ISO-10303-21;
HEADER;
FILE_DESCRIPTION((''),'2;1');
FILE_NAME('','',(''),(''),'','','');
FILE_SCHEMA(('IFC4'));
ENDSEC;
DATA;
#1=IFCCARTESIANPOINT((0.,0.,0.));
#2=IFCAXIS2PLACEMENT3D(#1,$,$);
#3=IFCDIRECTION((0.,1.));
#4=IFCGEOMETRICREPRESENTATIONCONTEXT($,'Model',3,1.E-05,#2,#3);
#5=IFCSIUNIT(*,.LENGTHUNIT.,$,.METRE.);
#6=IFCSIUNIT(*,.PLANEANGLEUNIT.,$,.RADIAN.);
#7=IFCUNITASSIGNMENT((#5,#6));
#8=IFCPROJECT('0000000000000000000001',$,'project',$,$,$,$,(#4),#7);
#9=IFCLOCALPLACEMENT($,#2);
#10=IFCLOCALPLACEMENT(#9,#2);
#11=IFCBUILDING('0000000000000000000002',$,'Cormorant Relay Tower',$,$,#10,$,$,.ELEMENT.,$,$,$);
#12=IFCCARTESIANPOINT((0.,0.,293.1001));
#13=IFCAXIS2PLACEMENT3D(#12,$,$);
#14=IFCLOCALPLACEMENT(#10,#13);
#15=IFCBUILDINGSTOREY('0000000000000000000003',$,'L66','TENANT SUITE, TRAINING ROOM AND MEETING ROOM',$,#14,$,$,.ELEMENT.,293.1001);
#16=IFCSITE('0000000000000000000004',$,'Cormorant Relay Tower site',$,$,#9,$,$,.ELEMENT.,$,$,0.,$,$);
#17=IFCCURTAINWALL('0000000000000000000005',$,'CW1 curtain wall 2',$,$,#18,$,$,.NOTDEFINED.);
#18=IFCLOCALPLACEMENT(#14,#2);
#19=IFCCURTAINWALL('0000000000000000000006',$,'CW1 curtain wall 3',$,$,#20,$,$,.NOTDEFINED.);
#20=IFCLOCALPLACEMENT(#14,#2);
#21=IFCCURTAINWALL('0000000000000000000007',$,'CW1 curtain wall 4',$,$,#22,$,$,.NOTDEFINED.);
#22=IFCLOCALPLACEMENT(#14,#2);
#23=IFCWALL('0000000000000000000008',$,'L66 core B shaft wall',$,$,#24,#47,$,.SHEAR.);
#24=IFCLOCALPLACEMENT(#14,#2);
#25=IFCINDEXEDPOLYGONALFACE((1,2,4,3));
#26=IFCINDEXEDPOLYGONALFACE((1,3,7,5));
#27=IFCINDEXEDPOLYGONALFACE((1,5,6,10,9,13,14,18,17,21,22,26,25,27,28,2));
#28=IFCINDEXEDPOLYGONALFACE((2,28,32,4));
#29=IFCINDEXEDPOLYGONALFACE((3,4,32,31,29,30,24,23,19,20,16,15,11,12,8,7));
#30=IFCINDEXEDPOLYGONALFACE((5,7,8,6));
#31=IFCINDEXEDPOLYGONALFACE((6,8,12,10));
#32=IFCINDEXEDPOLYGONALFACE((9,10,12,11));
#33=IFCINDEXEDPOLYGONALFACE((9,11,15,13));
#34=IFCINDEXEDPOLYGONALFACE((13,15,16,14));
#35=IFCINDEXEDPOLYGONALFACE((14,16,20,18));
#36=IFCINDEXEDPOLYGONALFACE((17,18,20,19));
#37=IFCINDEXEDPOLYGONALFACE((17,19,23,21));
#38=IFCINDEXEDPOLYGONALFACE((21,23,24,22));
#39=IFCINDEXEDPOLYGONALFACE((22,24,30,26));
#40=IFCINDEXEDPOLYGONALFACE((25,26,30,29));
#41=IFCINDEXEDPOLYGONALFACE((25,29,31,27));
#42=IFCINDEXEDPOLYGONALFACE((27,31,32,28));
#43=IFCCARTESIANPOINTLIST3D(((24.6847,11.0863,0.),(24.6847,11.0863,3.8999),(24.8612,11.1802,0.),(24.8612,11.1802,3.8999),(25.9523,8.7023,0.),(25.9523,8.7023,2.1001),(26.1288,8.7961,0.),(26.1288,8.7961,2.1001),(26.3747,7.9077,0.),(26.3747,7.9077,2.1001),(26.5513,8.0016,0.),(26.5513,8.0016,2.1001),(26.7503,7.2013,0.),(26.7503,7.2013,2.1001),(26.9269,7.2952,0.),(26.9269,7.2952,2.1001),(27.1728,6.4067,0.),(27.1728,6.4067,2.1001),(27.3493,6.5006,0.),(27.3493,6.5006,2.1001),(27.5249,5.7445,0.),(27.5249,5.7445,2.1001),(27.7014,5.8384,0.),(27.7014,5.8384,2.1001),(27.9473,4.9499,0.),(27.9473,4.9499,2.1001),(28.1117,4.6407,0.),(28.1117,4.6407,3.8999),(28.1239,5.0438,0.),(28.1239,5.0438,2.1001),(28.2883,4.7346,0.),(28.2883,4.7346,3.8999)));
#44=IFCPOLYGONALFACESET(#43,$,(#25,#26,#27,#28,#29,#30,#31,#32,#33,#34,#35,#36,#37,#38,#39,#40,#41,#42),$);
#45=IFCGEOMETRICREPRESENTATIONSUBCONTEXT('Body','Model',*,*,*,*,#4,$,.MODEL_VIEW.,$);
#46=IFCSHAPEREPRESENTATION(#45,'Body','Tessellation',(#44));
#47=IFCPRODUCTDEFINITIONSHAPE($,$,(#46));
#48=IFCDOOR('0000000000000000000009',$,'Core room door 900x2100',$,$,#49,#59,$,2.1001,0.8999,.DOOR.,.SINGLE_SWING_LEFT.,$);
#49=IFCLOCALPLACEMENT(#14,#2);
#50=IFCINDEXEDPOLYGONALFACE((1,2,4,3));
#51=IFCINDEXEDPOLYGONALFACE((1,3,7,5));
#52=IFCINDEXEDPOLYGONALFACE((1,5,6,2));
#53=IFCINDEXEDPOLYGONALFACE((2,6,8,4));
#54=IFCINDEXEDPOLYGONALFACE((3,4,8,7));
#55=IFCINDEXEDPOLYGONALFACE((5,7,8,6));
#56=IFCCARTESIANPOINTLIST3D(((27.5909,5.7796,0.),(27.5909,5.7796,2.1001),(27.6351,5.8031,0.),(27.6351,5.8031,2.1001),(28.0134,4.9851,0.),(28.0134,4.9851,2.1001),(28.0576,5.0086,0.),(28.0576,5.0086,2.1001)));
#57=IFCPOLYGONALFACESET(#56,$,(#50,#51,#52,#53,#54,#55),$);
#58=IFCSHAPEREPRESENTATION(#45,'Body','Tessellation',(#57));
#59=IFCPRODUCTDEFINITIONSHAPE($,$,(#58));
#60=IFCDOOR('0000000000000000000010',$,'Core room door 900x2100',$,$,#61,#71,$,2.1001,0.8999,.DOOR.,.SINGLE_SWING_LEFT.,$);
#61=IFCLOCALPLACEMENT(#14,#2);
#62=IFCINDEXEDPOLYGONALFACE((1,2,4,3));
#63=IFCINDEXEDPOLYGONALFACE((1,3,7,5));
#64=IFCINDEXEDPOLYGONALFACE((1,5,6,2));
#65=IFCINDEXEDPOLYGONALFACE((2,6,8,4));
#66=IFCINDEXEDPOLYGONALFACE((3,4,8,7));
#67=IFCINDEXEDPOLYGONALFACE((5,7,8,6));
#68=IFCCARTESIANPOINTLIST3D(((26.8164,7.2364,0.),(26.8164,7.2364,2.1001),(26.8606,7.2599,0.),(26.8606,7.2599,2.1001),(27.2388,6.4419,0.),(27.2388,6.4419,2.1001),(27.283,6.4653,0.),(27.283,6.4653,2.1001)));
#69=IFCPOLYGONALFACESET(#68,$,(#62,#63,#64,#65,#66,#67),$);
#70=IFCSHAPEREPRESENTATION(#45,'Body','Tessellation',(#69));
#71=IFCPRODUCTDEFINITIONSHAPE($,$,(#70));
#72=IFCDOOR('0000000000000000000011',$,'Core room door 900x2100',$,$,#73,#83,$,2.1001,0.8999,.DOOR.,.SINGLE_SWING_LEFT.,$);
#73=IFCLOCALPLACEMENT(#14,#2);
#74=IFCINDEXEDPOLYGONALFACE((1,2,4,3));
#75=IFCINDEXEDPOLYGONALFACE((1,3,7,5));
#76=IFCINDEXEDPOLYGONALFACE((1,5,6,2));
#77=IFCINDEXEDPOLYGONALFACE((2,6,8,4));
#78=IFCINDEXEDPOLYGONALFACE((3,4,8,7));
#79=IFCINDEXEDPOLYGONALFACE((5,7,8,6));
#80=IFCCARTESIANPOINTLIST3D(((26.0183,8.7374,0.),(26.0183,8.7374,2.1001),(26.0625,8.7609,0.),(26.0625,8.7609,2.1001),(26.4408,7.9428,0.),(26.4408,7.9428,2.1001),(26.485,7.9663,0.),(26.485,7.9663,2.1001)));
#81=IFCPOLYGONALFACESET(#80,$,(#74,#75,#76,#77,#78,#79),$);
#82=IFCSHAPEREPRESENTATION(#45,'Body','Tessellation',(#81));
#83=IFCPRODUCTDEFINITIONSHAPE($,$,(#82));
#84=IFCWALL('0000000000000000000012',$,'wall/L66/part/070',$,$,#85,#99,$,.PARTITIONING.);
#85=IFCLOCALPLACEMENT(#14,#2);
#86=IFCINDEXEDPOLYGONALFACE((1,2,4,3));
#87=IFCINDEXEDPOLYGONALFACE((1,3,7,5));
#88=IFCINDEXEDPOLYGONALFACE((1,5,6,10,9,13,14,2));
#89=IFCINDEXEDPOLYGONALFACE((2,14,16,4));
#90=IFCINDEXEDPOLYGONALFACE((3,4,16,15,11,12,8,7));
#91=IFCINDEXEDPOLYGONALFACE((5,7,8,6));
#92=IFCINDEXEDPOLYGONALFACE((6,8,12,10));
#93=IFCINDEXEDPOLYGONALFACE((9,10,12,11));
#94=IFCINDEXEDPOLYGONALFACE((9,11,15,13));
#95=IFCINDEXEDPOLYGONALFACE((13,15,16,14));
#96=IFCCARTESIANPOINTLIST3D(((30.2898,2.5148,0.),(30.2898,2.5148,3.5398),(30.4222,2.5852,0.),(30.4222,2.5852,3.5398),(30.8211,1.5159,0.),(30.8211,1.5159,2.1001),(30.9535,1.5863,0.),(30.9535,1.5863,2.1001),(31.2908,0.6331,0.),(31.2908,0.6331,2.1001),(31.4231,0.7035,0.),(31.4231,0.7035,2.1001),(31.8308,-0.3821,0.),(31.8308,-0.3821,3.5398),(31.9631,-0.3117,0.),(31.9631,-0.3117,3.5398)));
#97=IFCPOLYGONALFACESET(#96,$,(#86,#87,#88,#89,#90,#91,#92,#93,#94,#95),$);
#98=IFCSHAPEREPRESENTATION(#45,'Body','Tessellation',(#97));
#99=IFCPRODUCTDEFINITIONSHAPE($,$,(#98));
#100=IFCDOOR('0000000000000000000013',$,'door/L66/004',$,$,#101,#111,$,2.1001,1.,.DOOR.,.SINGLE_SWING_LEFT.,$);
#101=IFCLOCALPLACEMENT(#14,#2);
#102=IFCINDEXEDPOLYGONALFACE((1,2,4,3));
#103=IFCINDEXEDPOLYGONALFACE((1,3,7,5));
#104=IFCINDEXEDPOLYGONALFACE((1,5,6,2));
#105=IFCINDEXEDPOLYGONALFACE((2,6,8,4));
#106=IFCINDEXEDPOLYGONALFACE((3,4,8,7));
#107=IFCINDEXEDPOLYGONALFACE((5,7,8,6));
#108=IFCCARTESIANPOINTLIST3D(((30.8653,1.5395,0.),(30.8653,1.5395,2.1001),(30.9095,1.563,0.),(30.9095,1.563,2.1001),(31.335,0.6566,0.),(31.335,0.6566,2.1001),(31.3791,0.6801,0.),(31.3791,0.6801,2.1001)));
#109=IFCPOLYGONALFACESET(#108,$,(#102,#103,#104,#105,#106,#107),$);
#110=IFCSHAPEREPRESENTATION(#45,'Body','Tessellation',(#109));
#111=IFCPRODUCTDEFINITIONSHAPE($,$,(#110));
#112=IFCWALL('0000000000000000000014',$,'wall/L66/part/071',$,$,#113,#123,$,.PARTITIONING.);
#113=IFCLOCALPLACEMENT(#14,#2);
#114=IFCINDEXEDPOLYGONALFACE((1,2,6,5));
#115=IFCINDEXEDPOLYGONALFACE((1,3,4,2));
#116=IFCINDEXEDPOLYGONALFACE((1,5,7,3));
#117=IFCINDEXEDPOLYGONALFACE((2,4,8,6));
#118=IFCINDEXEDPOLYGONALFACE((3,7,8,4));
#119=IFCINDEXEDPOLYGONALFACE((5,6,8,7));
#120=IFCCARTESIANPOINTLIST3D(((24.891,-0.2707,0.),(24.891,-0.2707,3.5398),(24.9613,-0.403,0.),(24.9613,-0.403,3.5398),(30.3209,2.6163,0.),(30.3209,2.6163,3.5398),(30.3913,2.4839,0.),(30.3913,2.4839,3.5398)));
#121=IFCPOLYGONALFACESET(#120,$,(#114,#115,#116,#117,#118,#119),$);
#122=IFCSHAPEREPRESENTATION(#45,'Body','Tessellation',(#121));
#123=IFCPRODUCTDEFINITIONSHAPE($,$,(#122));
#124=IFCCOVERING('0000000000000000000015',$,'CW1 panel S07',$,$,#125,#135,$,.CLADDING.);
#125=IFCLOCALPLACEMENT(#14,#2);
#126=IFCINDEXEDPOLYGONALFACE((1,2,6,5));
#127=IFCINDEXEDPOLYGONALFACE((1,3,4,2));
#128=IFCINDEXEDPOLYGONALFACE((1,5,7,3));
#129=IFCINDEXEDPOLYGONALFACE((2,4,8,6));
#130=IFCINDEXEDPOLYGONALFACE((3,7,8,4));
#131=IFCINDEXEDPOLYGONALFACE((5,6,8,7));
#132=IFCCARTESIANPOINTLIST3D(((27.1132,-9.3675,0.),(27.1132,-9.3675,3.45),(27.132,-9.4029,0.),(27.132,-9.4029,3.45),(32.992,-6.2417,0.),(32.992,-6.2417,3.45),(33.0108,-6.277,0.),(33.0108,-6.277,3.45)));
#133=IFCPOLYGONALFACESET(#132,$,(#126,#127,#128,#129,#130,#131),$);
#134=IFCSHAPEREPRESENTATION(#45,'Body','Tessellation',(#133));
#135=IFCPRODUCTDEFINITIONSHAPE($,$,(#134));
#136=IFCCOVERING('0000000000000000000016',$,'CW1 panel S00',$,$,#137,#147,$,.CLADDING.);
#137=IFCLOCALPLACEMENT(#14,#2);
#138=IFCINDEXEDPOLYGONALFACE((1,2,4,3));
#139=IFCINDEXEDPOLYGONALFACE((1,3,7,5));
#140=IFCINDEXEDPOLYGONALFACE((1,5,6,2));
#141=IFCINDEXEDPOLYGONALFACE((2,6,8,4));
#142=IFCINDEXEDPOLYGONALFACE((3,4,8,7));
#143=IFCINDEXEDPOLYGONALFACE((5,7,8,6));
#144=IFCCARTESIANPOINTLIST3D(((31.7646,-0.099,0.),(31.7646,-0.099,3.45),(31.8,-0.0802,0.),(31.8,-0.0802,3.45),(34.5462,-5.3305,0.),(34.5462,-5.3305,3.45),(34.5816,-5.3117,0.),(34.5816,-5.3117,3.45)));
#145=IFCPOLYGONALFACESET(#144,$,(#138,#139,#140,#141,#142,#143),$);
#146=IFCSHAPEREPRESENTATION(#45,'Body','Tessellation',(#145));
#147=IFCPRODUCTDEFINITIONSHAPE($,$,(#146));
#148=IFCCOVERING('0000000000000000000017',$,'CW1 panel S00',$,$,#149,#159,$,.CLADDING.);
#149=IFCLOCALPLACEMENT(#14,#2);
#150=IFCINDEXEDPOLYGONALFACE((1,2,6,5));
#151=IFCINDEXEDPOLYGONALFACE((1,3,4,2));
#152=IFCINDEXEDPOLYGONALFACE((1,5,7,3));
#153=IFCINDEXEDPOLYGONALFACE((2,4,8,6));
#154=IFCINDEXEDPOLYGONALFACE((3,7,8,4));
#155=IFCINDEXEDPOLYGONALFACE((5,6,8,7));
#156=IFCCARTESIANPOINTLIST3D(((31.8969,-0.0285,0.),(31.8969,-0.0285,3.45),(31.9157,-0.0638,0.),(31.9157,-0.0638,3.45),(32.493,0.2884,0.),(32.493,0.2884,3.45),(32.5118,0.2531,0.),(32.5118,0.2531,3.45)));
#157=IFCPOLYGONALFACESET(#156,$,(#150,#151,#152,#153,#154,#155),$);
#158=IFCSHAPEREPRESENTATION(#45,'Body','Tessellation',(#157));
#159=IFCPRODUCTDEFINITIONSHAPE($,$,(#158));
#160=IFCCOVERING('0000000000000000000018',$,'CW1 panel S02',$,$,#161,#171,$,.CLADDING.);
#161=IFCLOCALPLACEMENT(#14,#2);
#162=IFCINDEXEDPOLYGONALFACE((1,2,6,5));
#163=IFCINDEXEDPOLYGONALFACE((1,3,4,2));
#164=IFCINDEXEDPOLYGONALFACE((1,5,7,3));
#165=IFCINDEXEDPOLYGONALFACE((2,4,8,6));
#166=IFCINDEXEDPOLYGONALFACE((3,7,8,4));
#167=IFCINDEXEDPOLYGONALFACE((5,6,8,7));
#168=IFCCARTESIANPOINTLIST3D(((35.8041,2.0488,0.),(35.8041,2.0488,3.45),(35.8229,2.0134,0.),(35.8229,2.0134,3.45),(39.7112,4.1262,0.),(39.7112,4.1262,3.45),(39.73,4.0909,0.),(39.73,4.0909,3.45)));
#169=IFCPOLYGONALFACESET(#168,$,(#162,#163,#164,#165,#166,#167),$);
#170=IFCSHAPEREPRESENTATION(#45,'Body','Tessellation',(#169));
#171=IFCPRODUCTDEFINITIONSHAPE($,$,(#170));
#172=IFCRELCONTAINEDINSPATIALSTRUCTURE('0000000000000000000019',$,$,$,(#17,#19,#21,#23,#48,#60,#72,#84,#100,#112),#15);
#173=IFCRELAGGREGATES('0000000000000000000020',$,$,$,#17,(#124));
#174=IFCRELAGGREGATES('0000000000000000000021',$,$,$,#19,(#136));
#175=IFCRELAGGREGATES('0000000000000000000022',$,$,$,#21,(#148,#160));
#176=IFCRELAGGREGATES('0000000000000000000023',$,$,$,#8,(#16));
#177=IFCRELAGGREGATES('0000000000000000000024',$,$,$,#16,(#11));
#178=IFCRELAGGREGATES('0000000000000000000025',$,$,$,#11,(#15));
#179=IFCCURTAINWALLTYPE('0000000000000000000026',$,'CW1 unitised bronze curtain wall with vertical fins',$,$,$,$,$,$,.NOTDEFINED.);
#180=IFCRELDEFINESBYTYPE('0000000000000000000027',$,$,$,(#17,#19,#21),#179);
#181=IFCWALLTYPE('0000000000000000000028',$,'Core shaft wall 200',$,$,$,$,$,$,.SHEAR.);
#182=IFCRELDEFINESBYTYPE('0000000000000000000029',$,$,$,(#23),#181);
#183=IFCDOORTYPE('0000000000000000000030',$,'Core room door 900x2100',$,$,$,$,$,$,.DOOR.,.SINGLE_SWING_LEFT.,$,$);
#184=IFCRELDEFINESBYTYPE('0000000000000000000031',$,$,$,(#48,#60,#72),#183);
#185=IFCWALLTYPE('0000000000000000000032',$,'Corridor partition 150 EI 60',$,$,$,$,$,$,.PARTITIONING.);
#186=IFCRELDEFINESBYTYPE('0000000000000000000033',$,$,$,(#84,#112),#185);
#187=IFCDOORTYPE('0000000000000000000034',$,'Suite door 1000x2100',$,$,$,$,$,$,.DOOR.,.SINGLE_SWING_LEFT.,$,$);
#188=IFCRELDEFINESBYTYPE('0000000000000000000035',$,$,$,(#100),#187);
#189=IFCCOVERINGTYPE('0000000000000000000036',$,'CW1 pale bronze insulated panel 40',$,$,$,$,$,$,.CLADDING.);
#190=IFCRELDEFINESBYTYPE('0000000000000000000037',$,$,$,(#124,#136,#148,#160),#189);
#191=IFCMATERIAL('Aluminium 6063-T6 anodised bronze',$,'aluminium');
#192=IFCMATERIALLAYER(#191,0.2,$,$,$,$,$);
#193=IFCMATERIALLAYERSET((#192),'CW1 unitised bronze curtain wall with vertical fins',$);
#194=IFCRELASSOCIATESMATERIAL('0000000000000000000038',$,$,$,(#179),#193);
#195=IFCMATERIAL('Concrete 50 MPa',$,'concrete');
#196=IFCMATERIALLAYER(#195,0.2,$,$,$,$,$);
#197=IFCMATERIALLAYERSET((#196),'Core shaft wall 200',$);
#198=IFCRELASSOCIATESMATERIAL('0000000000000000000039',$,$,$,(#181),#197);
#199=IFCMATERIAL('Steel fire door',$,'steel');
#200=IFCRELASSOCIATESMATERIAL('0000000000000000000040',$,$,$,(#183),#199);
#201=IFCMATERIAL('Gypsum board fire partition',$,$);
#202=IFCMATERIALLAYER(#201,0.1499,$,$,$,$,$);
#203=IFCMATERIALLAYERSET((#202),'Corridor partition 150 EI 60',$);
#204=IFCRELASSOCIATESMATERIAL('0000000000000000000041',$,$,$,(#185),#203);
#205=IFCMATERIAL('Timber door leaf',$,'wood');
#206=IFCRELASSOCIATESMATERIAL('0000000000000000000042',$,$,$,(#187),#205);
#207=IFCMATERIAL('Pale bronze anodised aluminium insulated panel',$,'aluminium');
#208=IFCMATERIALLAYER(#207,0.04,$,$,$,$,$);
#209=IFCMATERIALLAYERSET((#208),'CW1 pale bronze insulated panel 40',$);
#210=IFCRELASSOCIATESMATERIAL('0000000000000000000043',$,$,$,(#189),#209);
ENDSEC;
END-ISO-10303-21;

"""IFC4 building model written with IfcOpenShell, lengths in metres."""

from ifc_helpers import new_model, si_unit, direction, frame, frame_2d, origin, origin_2d, place, context, subcontext, project, spatial, rectangle, extrude, material, layer, layer_set, type_object, element, fill, aggregate, save


model = new_model("IFC4")

# Units and contexts
model_context = context("Model", 3, precision=1e-05, world=origin(), true_north=direction((0.0, 1.0)))
body_context = subcontext(model_context, "Body", "Model", "MODEL_VIEW")
ifc_project = project(units=[si_unit("LENGTHUNIT", "METRE"), si_unit("PLANEANGLEUNIT", "RADIAN")], contexts=[model_context])

# Site, building, storey
site_placement = place(None, origin())
site = spatial("IfcSite", under=ifc_project, at=site_placement, Name="Cormorant Relay Tower site", CompositionType="ELEMENT", RefElevation=0.0)
building_placement = place(site_placement, origin())
building = spatial("IfcBuilding", under=site, at=building_placement, Name="Cormorant Relay Tower", CompositionType="ELEMENT")
storey_placement = place(building_placement, frame((0.0, 0.0, 293.1001)))
storey = spatial("IfcBuildingStorey", under=building, at=storey_placement, Name="L66", Description="TENANT SUITE, TRAINING ROOM AND MEETING ROOM", CompositionType="ELEMENT", Elevation=293.1001)

# Curtain walls
ifc_material_1 = material(Name="Aluminium 6063-T6 anodised bronze", Category="aluminium")
ifc_layer_1 = layer(ifc_material_1, 0.2)
ifc_layer_set_1 = layer_set([ifc_layer_1], Name="CW1 unitised bronze curtain wall with vertical fins")
curtain_wall_type = type_object("IfcCurtainWallType", Name="CW1 unitised bronze curtain wall with vertical fins", PredefinedType="NOTDEFINED", material=ifc_layer_set_1)
curtain_wall_1_placement = place(storey_placement, origin())
curtain_wall_1 = element("IfcCurtainWall", 1, at=curtain_wall_1_placement, inside=storey, type_object=curtain_wall_type, Name="CW1 curtain wall 2", PredefinedType="NOTDEFINED")
curtain_wall_2_placement = place(storey_placement, origin())
curtain_wall_2 = element("IfcCurtainWall", 2, at=curtain_wall_2_placement, inside=storey, type_object=curtain_wall_type, Name="CW1 curtain wall 3", PredefinedType="NOTDEFINED")

# Curtain wall
curtain_wall_3_placement = place(storey_placement, origin())
curtain_wall_3 = element("IfcCurtainWall", 3, at=curtain_wall_3_placement, inside=storey, type_object=curtain_wall_type, Name="CW1 curtain wall 4", PredefinedType="NOTDEFINED")

# Shared definitions
ifc_material_2 = material(Name="Concrete 50 MPa", Category="concrete")
ifc_layer_2 = layer(ifc_material_2, 0.2)
ifc_layer_set_2 = layer_set([ifc_layer_2], Name="Core shaft wall 200")
wall_type_1 = type_object("IfcWallType", Name="Core shaft wall 200", PredefinedType="SHEAR", material=ifc_layer_set_2)

# Wall, openings, doors
wall_1_placement = place(storey_placement, frame((28.2, 4.6877, 0.0), z_axis=(0.0, 0.0, 1.0), x_axis=(-0.469454, 0.882957, 0.0)))
wall_1 = element("IfcWall", 4, at=wall_1_placement, inside=storey, type_object=wall_type_1, Name="L66 core B shaft wall", PredefinedType="SHEAR", context=body_context, shape_type="SweptSolid", body=[
    extrude(rectangle(XDim=7.3, YDim=0.2, at=frame_2d((3.6499, 0.0))), origin(), (0.0, 0.0, 1.0), 3.8999),
])
opening_1_placement = place(wall_1_placement, frame((0.3501, 0.0, 0.0)))
opening_1 = element("IfcOpeningElement", 5, at=opening_1_placement, cuts=wall_1, PredefinedType="OPENING", context=body_context, shape_type="SweptSolid", body=[
    extrude(rectangle(XDim=0.8999, YDim=2.1001, at=frame_2d((0.45, 1.05))), frame((0.0, 0.1099, 0.0), z_axis=(0.0, -1.0, 0.0), x_axis=(1.0, 0.0, 0.0)), (0.0, 0.0, 1.0), 0.22),
])
opening_2_placement = place(wall_1_placement, frame((2.0, 0.0, 0.0)))
opening_2 = element("IfcOpeningElement", 6, at=opening_2_placement, cuts=wall_1, PredefinedType="OPENING", context=body_context, shape_type="SweptSolid", body=[
    extrude(rectangle(XDim=0.8999, YDim=2.1001, at=frame_2d((0.45, 1.05))), frame((0.0, 0.1099, 0.0), z_axis=(0.0, -1.0, 0.0), x_axis=(1.0, 0.0, 0.0)), (0.0, 0.0, 1.0), 0.22),
])
opening_3_placement = place(wall_1_placement, frame((3.7, 0.0, 0.0)))
opening_3 = element("IfcOpeningElement", 7, at=opening_3_placement, cuts=wall_1, PredefinedType="OPENING", context=body_context, shape_type="SweptSolid", body=[
    extrude(rectangle(XDim=0.8999, YDim=2.1001, at=frame_2d((0.45, 1.05))), frame((0.0, 0.1099, 0.0), z_axis=(0.0, -1.0, 0.0), x_axis=(1.0, 0.0, 0.0)), (0.0, 0.0, 1.0), 0.22),
])
ifc_material_3 = material(Name="Steel fire door", Category="steel")
door_type_1 = type_object("IfcDoorType", Name="Core room door 900x2100", OperationType="SINGLE_SWING_LEFT", PredefinedType="DOOR", material=ifc_material_3)
door_1_placement = place(opening_1_placement, frame((0.8999, 0.0, 0.0), z_axis=(0.0, 0.0, 1.0), x_axis=(-1.0, 0.0, 0.0)))
door_1 = element("IfcDoor", 8, at=door_1_placement, inside=storey, type_object=door_type_1, Name="Core room door 900x2100", OperationType="SINGLE_SWING_LEFT", OverallHeight=2.1001, OverallWidth=0.8999, PredefinedType="DOOR", context=body_context, shape_type="SweptSolid", body=[
    extrude(rectangle(XDim=0.8999, YDim=2.1001, at=frame_2d((0.45, 1.05))), frame((0.0, 0.0249, 0.0), z_axis=(0.0, -1.0, 0.0), x_axis=(1.0, 0.0, 0.0)), (0.0, 0.0, 1.0), 0.05),
])
fill(opening_1, door_1)
door_2_placement = place(opening_2_placement, frame((0.8999, 0.0, 0.0), z_axis=(0.0, 0.0, 1.0), x_axis=(-1.0, 0.0, 0.0)))
door_2 = element("IfcDoor", 9, at=door_2_placement, inside=storey, type_object=door_type_1, Name="Core room door 900x2100", OperationType="SINGLE_SWING_LEFT", OverallHeight=2.1001, OverallWidth=0.8999, PredefinedType="DOOR", context=body_context, shape_type="SweptSolid", body=[
    extrude(rectangle(XDim=0.8999, YDim=2.1001, at=frame_2d((0.45, 1.05))), frame((0.0, 0.0249, 0.0), z_axis=(0.0, -1.0, 0.0), x_axis=(1.0, 0.0, 0.0)), (0.0, 0.0, 1.0), 0.05),
])
fill(opening_2, door_2)
door_3_placement = place(opening_3_placement, frame((0.8999, 0.0, 0.0), z_axis=(0.0, 0.0, 1.0), x_axis=(-1.0, 0.0, 0.0)))
door_3 = element("IfcDoor", 10, at=door_3_placement, inside=storey, type_object=door_type_1, Name="Core room door 900x2100", OperationType="SINGLE_SWING_LEFT", OverallHeight=2.1001, OverallWidth=0.8999, PredefinedType="DOOR", context=body_context, shape_type="SweptSolid", body=[
    extrude(rectangle(XDim=0.8999, YDim=2.1001, at=frame_2d((0.45, 1.05))), frame((0.0, 0.0249, 0.0), z_axis=(0.0, -1.0, 0.0), x_axis=(1.0, 0.0, 0.0)), (0.0, 0.0, 1.0), 0.05),
])
fill(opening_3, door_3)

# Wall, opening, door
ifc_material_4 = material(Name="Gypsum board fire partition")
ifc_layer_3 = layer(ifc_material_4, 0.1499)
ifc_layer_set_3 = layer_set([ifc_layer_3], Name="Corridor partition 150 EI 60")
wall_type_2 = type_object("IfcWallType", Name="Corridor partition 150 EI 60", PredefinedType="PARTITIONING", material=ifc_layer_set_3)
wall_2_placement = place(storey_placement, frame((31.897, -0.3469, 0.0), z_axis=(0.0, 0.0, 1.0), x_axis=(-0.46963, 0.882863, 0.0)))
wall_2 = element("IfcWall", 11, at=wall_2_placement, inside=storey, type_object=wall_type_2, Name="wall/L66/part/070", PredefinedType="PARTITIONING", context=body_context, shape_type="SweptSolid", body=[
    extrude(rectangle(XDim=3.2812, YDim=0.1499, at=frame_2d((1.6406, 0.0))), origin(), (0.0, 0.0, 1.0), 3.5398),
])
opening_4_placement = place(wall_2_placement, frame((1.1499, 0.0, 0.0)))
opening_4 = element("IfcOpeningElement", 12, at=opening_4_placement, cuts=wall_2, PredefinedType="OPENING", context=body_context, shape_type="SweptSolid", body=[
    extrude(rectangle(XDim=1.0, YDim=2.1001, at=frame_2d((0.5, 1.05))), frame((0.0, 0.085, 0.0), z_axis=(0.0, -1.0, 0.0), x_axis=(1.0, 0.0, 0.0)), (0.0, 0.0, 1.0), 0.1699),
])
ifc_material_5 = material(Name="Timber door leaf", Category="wood")
door_type_2 = type_object("IfcDoorType", Name="Suite door 1000x2100", OperationType="SINGLE_SWING_LEFT", PredefinedType="DOOR", material=ifc_material_5)
door_4_placement = place(opening_4_placement, origin())
door_4 = element("IfcDoor", 13, at=door_4_placement, inside=storey, type_object=door_type_2, Name="door/L66/004", OperationType="SINGLE_SWING_LEFT", OverallHeight=2.1001, OverallWidth=1.0, PredefinedType="DOOR", context=body_context, shape_type="SweptSolid", body=[
    extrude(rectangle(XDim=1.0, YDim=2.1001, at=frame_2d((0.5, 1.05))), frame((0.0, 0.0249, 0.0), z_axis=(0.0, -1.0, 0.0), x_axis=(1.0, 0.0, 0.0)), (0.0, 0.0, 1.0), 0.05),
])
fill(opening_4, door_4)

# Wall
wall_3_placement = place(storey_placement, frame((30.356, 2.55, 0.0), z_axis=(0.0, 0.0, 1.0), x_axis=(-0.88296, -0.469448, 0.0)))
element("IfcWall", 14, at=wall_3_placement, inside=storey, type_object=wall_type_2, Name="wall/L66/part/071", PredefinedType="PARTITIONING", context=body_context, shape_type="SweptSolid", body=[
    extrude(rectangle(XDim=6.1497, YDim=0.1499, at=frame_2d((3.0747, 0.0))), origin(), (0.0, 0.0, 1.0), 3.5398),
])

# Coverings
ifc_material_6 = material(Name="Pale bronze anodised aluminium insulated panel", Category="aluminium")
ifc_layer_4 = layer(ifc_material_6, 0.04)
ifc_layer_set_4 = layer_set([ifc_layer_4], Name="CW1 pale bronze insulated panel 40")
covering_type = type_object("IfcCoveringType", Name="CW1 pale bronze insulated panel 40", PredefinedType="CLADDING", material=ifc_layer_set_4)
covering_1_placement = place(storey_placement, frame((30.062, -7.8223, 0.0), z_axis=(0.0, 0.0, 1.0), x_axis=(0.882948, 0.469472, 0.0)))
covering_1 = element("IfcCovering", 15, at=covering_1_placement, type_object=covering_type, Name="CW1 panel S07", PredefinedType="CLADDING", context=body_context, shape_type="SweptSolid", body=[
    extrude(rectangle(XDim=6.6582, YDim=0.04, at=origin_2d()), origin(), (0.0, 0.0, 1.0), 3.45),
])
aggregate(curtain_wall_1, [covering_1])
covering_2_placement = place(storey_placement, frame((33.1731, -2.7053, 0.0), z_axis=(0.0, 0.0, 1.0), x_axis=(-0.469472, 0.882948, 0.0)))
covering_2 = element("IfcCovering", 16, at=covering_2_placement, type_object=covering_type, Name="CW1 panel S00", PredefinedType="CLADDING", context=body_context, shape_type="SweptSolid", body=[
    extrude(rectangle(XDim=5.925, YDim=0.04, at=origin_2d()), origin(), (0.0, 0.0, 1.0), 3.45),
])
aggregate(curtain_wall_2, [covering_2])
covering_3_placement = place(storey_placement, frame((32.2043, 0.1123, 0.0), z_axis=(0.0, 0.0, 1.0), x_axis=(0.882948, 0.469472, 0.0)))
covering_3 = element("IfcCovering", 17, at=covering_3_placement, type_object=covering_type, Name="CW1 panel S00", PredefinedType="CLADDING", context=body_context, shape_type="SweptSolid", body=[
    extrude(rectangle(XDim=0.675, YDim=0.04, at=origin_2d()), origin(), (0.0, 0.0, 1.0), 3.45),
])
covering_4_placement = place(storey_placement, frame((37.7671, 3.0698, 0.0), z_axis=(0.0, 0.0, 1.0), x_axis=(0.882948, 0.469472, 0.0)))
covering_4 = element("IfcCovering", 18, at=covering_4_placement, type_object=covering_type, Name="CW1 panel S02", PredefinedType="CLADDING", context=body_context, shape_type="SweptSolid", body=[
    extrude(rectangle(XDim=4.425, YDim=0.04, at=origin_2d()), origin(), (0.0, 0.0, 1.0), 3.45),
])
aggregate(curtain_wall_3, [covering_3, covering_4])

save(model, "model.ifc")
